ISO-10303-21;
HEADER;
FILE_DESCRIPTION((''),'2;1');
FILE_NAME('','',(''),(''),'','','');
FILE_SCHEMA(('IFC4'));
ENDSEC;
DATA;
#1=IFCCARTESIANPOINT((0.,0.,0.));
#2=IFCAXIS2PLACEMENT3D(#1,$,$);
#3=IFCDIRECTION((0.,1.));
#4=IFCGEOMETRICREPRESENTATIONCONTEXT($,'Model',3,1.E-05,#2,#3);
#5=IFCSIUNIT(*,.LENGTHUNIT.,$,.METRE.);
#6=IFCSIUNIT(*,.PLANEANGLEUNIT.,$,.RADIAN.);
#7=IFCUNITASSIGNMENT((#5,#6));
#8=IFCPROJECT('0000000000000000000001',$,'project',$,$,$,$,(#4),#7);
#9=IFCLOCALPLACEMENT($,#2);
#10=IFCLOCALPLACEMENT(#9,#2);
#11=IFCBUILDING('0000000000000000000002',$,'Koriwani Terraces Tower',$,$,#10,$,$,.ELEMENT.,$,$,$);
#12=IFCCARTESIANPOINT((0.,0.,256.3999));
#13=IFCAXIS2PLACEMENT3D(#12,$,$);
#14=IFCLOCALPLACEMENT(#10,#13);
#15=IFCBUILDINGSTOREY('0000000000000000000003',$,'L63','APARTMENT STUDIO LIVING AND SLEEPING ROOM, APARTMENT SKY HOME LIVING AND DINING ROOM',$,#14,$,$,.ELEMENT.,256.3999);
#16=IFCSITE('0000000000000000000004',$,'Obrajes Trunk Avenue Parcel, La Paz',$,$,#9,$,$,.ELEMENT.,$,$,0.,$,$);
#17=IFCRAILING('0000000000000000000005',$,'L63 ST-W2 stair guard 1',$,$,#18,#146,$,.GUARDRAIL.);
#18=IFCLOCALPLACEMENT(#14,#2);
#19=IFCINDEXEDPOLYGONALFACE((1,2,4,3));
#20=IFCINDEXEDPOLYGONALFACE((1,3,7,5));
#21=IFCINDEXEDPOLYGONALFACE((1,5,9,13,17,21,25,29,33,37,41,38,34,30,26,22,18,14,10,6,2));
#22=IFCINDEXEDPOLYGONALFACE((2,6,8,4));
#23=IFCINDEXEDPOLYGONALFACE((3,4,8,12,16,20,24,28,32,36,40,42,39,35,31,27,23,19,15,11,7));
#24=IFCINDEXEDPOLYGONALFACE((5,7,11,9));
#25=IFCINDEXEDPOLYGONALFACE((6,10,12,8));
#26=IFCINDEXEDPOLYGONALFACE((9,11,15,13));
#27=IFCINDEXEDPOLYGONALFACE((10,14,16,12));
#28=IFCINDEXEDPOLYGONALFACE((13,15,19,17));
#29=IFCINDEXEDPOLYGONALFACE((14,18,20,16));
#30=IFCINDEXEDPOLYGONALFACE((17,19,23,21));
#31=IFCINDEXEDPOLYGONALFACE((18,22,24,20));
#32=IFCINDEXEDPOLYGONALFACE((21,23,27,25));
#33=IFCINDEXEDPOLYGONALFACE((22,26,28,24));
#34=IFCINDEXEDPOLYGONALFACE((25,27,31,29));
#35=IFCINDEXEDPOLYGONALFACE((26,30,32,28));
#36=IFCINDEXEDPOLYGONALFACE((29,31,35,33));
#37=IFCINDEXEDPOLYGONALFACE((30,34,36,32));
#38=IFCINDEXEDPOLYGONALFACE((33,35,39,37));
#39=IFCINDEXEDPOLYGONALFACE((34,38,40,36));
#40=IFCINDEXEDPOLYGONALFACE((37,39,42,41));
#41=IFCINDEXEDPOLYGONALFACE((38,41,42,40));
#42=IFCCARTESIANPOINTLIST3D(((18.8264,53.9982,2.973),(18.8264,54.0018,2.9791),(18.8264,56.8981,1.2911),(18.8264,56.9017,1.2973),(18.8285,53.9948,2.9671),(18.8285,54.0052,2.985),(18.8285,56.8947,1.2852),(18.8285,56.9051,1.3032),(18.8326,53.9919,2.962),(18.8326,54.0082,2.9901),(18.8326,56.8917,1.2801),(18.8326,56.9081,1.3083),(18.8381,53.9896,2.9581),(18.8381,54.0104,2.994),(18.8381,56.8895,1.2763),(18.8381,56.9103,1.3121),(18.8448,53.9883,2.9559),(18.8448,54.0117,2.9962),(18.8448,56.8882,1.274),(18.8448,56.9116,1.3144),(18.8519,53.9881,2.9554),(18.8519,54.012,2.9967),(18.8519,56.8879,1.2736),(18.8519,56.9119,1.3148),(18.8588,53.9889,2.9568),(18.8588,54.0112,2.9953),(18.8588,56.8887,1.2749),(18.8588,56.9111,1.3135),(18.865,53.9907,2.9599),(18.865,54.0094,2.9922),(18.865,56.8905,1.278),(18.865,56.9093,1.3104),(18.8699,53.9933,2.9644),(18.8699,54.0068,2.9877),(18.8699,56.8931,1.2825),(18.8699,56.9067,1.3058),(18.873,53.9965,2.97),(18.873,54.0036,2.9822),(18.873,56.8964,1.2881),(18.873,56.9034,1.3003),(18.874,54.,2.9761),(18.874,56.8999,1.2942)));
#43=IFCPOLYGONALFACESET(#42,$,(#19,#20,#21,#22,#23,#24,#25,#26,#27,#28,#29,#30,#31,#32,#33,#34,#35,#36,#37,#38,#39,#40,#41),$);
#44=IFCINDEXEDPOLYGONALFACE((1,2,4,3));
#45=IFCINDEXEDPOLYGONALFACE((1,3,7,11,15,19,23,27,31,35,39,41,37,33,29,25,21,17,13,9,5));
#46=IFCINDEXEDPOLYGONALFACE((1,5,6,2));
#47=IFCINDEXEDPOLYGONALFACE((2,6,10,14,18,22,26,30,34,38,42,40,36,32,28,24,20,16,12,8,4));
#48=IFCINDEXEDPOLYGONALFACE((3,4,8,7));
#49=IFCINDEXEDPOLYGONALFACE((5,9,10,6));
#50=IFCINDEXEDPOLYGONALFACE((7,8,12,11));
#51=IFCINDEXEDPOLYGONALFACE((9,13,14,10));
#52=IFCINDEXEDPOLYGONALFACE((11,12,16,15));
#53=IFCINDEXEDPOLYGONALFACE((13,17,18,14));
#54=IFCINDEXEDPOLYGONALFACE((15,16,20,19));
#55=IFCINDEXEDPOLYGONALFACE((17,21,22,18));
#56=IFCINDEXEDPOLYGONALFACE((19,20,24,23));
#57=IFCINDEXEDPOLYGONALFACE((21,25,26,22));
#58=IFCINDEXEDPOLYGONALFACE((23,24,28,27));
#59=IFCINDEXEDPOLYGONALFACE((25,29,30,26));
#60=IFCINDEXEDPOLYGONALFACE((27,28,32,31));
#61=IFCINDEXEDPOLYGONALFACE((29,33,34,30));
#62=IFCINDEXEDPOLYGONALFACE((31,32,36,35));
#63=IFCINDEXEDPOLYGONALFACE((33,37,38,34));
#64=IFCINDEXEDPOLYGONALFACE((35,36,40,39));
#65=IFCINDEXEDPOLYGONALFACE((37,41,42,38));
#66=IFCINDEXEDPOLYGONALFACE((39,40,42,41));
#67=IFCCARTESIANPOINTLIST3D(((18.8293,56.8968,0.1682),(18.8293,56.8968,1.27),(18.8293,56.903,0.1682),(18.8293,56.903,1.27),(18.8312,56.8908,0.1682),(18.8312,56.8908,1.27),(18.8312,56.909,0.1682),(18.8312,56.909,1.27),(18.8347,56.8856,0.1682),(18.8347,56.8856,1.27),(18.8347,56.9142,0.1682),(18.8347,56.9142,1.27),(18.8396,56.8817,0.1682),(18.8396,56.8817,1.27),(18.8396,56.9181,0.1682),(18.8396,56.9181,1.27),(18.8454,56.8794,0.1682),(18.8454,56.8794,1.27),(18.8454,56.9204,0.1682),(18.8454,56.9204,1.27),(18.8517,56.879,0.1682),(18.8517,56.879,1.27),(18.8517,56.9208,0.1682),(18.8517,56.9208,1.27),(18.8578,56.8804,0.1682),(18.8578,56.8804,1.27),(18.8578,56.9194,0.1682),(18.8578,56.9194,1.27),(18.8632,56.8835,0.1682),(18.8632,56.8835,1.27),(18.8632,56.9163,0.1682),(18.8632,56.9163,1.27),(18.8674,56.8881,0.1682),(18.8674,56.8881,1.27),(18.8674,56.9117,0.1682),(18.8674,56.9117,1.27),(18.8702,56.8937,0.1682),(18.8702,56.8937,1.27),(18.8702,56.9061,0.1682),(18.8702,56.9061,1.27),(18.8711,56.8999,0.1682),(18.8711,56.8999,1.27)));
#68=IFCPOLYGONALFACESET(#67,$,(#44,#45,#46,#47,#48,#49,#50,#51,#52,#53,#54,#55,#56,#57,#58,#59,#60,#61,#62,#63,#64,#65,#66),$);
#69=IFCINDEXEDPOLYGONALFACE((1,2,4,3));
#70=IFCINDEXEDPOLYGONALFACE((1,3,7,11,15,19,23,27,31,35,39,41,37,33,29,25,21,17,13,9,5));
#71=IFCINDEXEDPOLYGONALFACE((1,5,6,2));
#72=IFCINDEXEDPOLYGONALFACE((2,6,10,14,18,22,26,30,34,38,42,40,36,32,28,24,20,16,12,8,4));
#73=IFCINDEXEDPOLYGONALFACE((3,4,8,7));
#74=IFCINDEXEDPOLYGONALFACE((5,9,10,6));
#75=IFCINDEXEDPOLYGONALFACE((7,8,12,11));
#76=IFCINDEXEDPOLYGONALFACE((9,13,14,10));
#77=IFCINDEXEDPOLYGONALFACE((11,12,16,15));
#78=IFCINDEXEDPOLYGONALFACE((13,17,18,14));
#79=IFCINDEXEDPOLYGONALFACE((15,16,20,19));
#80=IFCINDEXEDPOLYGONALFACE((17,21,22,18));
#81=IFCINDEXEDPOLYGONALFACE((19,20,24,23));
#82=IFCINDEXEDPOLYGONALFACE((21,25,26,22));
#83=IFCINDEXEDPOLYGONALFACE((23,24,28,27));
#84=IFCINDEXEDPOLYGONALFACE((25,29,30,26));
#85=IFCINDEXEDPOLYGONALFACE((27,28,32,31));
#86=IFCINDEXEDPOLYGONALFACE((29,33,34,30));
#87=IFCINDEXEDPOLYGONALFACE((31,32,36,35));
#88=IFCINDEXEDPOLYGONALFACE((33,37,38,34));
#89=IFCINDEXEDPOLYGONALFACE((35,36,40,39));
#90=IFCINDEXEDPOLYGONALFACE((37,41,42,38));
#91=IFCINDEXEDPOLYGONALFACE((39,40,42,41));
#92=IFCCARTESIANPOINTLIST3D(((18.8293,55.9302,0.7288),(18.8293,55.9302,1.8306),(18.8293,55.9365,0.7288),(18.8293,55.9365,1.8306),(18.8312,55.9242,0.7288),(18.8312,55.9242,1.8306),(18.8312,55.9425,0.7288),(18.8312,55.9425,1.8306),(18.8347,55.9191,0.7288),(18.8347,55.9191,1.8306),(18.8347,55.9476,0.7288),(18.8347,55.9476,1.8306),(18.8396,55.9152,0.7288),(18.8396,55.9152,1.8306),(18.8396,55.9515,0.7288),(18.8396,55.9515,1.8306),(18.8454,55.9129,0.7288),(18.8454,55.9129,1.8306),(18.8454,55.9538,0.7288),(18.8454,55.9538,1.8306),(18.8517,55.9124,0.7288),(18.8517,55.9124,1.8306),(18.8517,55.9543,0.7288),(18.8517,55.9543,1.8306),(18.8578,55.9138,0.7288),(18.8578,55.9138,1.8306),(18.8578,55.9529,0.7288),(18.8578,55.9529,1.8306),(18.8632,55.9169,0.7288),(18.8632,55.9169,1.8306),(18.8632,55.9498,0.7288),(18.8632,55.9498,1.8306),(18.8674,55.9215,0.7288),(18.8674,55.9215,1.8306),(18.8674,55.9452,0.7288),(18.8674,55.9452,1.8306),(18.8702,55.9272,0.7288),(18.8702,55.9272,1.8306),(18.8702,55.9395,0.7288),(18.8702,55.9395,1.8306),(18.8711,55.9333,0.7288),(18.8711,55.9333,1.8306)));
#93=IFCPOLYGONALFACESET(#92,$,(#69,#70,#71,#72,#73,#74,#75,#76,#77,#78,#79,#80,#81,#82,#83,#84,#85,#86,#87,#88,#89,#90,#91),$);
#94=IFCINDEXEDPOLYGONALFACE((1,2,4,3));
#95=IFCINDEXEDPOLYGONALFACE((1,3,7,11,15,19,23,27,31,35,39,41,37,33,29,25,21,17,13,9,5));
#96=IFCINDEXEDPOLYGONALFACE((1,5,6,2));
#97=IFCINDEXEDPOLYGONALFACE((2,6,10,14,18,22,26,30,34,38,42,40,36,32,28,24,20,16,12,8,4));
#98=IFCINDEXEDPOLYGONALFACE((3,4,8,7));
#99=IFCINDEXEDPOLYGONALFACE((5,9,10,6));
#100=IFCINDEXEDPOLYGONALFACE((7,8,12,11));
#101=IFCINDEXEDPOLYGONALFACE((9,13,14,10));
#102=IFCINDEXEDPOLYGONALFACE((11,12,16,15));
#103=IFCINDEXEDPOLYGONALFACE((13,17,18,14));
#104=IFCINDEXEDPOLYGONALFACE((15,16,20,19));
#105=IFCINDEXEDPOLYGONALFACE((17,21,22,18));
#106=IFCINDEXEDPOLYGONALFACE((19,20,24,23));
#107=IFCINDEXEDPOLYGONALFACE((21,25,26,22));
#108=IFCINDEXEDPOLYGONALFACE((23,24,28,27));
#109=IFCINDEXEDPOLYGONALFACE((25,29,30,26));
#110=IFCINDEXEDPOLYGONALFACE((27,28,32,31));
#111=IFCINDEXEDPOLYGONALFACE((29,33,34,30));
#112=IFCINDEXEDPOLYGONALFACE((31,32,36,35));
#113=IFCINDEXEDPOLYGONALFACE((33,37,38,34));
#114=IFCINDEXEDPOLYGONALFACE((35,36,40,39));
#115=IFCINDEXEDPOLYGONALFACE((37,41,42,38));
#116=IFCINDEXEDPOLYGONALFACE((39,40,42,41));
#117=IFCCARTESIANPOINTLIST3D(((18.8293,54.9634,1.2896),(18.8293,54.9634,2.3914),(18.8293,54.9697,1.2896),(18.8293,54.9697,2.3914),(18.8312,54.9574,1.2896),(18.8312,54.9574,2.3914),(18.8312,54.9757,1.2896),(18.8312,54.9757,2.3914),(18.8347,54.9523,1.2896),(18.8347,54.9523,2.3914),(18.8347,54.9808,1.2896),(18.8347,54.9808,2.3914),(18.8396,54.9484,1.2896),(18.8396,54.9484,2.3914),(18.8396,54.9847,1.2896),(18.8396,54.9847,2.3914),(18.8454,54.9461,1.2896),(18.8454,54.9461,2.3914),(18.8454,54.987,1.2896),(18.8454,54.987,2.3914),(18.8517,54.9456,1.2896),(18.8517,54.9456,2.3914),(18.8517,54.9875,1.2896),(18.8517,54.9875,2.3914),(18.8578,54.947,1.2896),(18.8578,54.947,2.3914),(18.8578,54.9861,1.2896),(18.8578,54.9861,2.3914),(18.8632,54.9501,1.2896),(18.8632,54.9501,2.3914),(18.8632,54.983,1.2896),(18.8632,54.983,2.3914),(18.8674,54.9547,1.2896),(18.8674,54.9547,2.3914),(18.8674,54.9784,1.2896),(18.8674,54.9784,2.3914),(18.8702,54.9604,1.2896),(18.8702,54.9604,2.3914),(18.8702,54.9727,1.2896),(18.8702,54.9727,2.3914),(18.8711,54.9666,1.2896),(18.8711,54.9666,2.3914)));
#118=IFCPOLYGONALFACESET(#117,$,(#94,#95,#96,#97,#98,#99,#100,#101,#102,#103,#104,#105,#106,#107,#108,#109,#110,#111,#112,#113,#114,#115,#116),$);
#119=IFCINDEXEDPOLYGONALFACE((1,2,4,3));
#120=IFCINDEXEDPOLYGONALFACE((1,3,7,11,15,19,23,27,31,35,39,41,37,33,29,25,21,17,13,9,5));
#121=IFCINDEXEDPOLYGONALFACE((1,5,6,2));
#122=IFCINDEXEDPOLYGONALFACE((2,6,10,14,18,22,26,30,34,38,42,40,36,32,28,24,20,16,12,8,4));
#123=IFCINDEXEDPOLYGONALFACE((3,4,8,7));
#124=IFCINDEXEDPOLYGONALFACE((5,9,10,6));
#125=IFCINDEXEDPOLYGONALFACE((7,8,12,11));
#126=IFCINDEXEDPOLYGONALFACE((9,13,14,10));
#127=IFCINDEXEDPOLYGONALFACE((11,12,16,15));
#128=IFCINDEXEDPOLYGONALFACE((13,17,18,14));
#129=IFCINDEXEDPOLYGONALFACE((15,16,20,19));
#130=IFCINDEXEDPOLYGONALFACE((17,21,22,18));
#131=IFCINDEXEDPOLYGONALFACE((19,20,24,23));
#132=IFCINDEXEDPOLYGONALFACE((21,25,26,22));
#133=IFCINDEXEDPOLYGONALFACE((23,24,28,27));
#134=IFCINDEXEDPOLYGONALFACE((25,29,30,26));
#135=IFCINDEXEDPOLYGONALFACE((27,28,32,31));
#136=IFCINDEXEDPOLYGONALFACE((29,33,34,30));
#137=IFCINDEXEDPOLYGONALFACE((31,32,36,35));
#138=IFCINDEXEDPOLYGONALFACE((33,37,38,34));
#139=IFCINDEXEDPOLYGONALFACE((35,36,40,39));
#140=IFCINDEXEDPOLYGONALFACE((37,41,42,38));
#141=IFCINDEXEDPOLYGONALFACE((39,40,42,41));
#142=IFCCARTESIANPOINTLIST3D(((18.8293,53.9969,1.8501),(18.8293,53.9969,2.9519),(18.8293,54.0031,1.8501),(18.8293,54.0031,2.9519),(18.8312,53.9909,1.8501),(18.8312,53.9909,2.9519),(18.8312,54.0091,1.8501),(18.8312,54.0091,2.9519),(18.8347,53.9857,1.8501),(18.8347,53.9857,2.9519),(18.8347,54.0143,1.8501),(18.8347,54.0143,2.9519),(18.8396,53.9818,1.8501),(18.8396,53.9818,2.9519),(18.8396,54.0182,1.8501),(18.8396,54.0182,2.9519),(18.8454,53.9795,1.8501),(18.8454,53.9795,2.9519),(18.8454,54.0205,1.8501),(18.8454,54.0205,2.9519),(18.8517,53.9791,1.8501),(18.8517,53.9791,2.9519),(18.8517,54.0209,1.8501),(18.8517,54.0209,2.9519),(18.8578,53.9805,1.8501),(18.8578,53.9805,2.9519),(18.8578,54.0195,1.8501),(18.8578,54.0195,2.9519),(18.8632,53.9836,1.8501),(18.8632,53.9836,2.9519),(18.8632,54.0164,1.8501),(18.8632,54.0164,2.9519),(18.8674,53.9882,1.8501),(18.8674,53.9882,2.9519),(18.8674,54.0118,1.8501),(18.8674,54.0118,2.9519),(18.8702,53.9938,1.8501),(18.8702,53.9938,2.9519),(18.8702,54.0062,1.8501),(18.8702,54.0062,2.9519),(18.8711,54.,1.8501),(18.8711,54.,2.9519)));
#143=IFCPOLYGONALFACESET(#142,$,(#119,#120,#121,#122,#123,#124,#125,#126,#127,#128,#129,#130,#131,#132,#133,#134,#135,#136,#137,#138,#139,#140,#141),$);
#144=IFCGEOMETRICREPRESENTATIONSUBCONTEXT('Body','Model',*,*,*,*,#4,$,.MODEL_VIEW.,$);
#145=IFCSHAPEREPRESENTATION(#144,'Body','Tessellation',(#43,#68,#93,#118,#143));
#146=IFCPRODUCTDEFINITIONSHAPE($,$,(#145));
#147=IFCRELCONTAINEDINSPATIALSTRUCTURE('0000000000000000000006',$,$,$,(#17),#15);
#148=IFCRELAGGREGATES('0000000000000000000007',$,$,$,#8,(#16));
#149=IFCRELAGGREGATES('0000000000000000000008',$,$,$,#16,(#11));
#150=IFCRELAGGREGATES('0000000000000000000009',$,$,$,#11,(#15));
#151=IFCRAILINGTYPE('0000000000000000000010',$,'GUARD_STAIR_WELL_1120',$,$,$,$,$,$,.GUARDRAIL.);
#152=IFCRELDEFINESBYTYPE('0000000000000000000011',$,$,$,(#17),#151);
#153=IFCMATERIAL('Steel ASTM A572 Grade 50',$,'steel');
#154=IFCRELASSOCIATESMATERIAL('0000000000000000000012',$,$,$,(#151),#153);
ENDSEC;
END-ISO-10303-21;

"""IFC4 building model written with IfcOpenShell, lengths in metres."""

from ifc_helpers import new_model, si_unit, direction, frame, origin, origin_2d, place, context, subcontext, project, spatial, circle, extrude, material, type_object, element, save


model = new_model("IFC4")

# Units and contexts
model_context = context("Model", 3, precision=1e-05, world=origin(), true_north=direction((0.0, 1.0)))
body_context = subcontext(model_context, "Body", "Model", "MODEL_VIEW")
ifc_project = project(units=[si_unit("LENGTHUNIT", "METRE"), si_unit("PLANEANGLEUNIT", "RADIAN")], contexts=[model_context])

# Site, building, storey
site_placement = place(None, origin())
site = spatial("IfcSite", under=ifc_project, at=site_placement, Name="Obrajes Trunk Avenue Parcel, La Paz", CompositionType="ELEMENT", RefElevation=0.0)
building_placement = place(site_placement, origin())
building = spatial("IfcBuilding", under=site, at=building_placement, Name="Koriwani Terraces Tower", CompositionType="ELEMENT")
storey_placement = place(building_placement, frame((0.0, 0.0, 256.3999)))
storey = spatial("IfcBuildingStorey", under=building, at=storey_placement, Name="L63", Description="APARTMENT STUDIO LIVING AND SLEEPING ROOM, APARTMENT SKY HOME LIVING AND DINING ROOM", CompositionType="ELEMENT", Elevation=256.3999)

# Shared definitions
ifc_material_1 = material(Name="Steel ASTM A572 Grade 50", Category="steel")

# Railing
railing_type_1 = type_object("IfcRailingType", Name="GUARD_STAIR_WELL_1120", PredefinedType="GUARDRAIL", material=ifc_material_1)
railing_1_placement = place(storey_placement, frame((18.8501, 56.8999, 0.1682)))
element("IfcRailing", 1, at=railing_1_placement, inside=storey, type_object=railing_type_1, Name="L63 ST-W2 stair guard 1", PredefinedType="GUARDRAIL", context=body_context, shape_type="SweptSolid", body=[
    extrude(circle(Radius=0.0239, at=origin_2d()), frame((0.0, 0.0, 1.126), z_axis=(0.0, -0.865039, 0.501705), x_axis=(1.0, 0.0, 0.0)), (0.0, 0.0, 1.0), 3.3523),
    extrude(circle(Radius=0.021, at=origin_2d()), origin(), (0.0, 0.0, 1.0), 1.1018),
    extrude(circle(Radius=0.021, at=origin_2d()), frame((0.0, -0.9666, 0.5605)), (0.0, 0.0, 1.0), 1.1018),
    extrude(circle(Radius=0.021, at=origin_2d()), frame((0.0, -1.9333, 1.1213)), (0.0, 0.0, 1.0), 1.1018),
    extrude(circle(Radius=0.021, at=origin_2d()), frame((0.0, -2.8999, 1.6819)), (0.0, 0.0, 1.0), 1.1018),
])

save(model, "model.ifc")
